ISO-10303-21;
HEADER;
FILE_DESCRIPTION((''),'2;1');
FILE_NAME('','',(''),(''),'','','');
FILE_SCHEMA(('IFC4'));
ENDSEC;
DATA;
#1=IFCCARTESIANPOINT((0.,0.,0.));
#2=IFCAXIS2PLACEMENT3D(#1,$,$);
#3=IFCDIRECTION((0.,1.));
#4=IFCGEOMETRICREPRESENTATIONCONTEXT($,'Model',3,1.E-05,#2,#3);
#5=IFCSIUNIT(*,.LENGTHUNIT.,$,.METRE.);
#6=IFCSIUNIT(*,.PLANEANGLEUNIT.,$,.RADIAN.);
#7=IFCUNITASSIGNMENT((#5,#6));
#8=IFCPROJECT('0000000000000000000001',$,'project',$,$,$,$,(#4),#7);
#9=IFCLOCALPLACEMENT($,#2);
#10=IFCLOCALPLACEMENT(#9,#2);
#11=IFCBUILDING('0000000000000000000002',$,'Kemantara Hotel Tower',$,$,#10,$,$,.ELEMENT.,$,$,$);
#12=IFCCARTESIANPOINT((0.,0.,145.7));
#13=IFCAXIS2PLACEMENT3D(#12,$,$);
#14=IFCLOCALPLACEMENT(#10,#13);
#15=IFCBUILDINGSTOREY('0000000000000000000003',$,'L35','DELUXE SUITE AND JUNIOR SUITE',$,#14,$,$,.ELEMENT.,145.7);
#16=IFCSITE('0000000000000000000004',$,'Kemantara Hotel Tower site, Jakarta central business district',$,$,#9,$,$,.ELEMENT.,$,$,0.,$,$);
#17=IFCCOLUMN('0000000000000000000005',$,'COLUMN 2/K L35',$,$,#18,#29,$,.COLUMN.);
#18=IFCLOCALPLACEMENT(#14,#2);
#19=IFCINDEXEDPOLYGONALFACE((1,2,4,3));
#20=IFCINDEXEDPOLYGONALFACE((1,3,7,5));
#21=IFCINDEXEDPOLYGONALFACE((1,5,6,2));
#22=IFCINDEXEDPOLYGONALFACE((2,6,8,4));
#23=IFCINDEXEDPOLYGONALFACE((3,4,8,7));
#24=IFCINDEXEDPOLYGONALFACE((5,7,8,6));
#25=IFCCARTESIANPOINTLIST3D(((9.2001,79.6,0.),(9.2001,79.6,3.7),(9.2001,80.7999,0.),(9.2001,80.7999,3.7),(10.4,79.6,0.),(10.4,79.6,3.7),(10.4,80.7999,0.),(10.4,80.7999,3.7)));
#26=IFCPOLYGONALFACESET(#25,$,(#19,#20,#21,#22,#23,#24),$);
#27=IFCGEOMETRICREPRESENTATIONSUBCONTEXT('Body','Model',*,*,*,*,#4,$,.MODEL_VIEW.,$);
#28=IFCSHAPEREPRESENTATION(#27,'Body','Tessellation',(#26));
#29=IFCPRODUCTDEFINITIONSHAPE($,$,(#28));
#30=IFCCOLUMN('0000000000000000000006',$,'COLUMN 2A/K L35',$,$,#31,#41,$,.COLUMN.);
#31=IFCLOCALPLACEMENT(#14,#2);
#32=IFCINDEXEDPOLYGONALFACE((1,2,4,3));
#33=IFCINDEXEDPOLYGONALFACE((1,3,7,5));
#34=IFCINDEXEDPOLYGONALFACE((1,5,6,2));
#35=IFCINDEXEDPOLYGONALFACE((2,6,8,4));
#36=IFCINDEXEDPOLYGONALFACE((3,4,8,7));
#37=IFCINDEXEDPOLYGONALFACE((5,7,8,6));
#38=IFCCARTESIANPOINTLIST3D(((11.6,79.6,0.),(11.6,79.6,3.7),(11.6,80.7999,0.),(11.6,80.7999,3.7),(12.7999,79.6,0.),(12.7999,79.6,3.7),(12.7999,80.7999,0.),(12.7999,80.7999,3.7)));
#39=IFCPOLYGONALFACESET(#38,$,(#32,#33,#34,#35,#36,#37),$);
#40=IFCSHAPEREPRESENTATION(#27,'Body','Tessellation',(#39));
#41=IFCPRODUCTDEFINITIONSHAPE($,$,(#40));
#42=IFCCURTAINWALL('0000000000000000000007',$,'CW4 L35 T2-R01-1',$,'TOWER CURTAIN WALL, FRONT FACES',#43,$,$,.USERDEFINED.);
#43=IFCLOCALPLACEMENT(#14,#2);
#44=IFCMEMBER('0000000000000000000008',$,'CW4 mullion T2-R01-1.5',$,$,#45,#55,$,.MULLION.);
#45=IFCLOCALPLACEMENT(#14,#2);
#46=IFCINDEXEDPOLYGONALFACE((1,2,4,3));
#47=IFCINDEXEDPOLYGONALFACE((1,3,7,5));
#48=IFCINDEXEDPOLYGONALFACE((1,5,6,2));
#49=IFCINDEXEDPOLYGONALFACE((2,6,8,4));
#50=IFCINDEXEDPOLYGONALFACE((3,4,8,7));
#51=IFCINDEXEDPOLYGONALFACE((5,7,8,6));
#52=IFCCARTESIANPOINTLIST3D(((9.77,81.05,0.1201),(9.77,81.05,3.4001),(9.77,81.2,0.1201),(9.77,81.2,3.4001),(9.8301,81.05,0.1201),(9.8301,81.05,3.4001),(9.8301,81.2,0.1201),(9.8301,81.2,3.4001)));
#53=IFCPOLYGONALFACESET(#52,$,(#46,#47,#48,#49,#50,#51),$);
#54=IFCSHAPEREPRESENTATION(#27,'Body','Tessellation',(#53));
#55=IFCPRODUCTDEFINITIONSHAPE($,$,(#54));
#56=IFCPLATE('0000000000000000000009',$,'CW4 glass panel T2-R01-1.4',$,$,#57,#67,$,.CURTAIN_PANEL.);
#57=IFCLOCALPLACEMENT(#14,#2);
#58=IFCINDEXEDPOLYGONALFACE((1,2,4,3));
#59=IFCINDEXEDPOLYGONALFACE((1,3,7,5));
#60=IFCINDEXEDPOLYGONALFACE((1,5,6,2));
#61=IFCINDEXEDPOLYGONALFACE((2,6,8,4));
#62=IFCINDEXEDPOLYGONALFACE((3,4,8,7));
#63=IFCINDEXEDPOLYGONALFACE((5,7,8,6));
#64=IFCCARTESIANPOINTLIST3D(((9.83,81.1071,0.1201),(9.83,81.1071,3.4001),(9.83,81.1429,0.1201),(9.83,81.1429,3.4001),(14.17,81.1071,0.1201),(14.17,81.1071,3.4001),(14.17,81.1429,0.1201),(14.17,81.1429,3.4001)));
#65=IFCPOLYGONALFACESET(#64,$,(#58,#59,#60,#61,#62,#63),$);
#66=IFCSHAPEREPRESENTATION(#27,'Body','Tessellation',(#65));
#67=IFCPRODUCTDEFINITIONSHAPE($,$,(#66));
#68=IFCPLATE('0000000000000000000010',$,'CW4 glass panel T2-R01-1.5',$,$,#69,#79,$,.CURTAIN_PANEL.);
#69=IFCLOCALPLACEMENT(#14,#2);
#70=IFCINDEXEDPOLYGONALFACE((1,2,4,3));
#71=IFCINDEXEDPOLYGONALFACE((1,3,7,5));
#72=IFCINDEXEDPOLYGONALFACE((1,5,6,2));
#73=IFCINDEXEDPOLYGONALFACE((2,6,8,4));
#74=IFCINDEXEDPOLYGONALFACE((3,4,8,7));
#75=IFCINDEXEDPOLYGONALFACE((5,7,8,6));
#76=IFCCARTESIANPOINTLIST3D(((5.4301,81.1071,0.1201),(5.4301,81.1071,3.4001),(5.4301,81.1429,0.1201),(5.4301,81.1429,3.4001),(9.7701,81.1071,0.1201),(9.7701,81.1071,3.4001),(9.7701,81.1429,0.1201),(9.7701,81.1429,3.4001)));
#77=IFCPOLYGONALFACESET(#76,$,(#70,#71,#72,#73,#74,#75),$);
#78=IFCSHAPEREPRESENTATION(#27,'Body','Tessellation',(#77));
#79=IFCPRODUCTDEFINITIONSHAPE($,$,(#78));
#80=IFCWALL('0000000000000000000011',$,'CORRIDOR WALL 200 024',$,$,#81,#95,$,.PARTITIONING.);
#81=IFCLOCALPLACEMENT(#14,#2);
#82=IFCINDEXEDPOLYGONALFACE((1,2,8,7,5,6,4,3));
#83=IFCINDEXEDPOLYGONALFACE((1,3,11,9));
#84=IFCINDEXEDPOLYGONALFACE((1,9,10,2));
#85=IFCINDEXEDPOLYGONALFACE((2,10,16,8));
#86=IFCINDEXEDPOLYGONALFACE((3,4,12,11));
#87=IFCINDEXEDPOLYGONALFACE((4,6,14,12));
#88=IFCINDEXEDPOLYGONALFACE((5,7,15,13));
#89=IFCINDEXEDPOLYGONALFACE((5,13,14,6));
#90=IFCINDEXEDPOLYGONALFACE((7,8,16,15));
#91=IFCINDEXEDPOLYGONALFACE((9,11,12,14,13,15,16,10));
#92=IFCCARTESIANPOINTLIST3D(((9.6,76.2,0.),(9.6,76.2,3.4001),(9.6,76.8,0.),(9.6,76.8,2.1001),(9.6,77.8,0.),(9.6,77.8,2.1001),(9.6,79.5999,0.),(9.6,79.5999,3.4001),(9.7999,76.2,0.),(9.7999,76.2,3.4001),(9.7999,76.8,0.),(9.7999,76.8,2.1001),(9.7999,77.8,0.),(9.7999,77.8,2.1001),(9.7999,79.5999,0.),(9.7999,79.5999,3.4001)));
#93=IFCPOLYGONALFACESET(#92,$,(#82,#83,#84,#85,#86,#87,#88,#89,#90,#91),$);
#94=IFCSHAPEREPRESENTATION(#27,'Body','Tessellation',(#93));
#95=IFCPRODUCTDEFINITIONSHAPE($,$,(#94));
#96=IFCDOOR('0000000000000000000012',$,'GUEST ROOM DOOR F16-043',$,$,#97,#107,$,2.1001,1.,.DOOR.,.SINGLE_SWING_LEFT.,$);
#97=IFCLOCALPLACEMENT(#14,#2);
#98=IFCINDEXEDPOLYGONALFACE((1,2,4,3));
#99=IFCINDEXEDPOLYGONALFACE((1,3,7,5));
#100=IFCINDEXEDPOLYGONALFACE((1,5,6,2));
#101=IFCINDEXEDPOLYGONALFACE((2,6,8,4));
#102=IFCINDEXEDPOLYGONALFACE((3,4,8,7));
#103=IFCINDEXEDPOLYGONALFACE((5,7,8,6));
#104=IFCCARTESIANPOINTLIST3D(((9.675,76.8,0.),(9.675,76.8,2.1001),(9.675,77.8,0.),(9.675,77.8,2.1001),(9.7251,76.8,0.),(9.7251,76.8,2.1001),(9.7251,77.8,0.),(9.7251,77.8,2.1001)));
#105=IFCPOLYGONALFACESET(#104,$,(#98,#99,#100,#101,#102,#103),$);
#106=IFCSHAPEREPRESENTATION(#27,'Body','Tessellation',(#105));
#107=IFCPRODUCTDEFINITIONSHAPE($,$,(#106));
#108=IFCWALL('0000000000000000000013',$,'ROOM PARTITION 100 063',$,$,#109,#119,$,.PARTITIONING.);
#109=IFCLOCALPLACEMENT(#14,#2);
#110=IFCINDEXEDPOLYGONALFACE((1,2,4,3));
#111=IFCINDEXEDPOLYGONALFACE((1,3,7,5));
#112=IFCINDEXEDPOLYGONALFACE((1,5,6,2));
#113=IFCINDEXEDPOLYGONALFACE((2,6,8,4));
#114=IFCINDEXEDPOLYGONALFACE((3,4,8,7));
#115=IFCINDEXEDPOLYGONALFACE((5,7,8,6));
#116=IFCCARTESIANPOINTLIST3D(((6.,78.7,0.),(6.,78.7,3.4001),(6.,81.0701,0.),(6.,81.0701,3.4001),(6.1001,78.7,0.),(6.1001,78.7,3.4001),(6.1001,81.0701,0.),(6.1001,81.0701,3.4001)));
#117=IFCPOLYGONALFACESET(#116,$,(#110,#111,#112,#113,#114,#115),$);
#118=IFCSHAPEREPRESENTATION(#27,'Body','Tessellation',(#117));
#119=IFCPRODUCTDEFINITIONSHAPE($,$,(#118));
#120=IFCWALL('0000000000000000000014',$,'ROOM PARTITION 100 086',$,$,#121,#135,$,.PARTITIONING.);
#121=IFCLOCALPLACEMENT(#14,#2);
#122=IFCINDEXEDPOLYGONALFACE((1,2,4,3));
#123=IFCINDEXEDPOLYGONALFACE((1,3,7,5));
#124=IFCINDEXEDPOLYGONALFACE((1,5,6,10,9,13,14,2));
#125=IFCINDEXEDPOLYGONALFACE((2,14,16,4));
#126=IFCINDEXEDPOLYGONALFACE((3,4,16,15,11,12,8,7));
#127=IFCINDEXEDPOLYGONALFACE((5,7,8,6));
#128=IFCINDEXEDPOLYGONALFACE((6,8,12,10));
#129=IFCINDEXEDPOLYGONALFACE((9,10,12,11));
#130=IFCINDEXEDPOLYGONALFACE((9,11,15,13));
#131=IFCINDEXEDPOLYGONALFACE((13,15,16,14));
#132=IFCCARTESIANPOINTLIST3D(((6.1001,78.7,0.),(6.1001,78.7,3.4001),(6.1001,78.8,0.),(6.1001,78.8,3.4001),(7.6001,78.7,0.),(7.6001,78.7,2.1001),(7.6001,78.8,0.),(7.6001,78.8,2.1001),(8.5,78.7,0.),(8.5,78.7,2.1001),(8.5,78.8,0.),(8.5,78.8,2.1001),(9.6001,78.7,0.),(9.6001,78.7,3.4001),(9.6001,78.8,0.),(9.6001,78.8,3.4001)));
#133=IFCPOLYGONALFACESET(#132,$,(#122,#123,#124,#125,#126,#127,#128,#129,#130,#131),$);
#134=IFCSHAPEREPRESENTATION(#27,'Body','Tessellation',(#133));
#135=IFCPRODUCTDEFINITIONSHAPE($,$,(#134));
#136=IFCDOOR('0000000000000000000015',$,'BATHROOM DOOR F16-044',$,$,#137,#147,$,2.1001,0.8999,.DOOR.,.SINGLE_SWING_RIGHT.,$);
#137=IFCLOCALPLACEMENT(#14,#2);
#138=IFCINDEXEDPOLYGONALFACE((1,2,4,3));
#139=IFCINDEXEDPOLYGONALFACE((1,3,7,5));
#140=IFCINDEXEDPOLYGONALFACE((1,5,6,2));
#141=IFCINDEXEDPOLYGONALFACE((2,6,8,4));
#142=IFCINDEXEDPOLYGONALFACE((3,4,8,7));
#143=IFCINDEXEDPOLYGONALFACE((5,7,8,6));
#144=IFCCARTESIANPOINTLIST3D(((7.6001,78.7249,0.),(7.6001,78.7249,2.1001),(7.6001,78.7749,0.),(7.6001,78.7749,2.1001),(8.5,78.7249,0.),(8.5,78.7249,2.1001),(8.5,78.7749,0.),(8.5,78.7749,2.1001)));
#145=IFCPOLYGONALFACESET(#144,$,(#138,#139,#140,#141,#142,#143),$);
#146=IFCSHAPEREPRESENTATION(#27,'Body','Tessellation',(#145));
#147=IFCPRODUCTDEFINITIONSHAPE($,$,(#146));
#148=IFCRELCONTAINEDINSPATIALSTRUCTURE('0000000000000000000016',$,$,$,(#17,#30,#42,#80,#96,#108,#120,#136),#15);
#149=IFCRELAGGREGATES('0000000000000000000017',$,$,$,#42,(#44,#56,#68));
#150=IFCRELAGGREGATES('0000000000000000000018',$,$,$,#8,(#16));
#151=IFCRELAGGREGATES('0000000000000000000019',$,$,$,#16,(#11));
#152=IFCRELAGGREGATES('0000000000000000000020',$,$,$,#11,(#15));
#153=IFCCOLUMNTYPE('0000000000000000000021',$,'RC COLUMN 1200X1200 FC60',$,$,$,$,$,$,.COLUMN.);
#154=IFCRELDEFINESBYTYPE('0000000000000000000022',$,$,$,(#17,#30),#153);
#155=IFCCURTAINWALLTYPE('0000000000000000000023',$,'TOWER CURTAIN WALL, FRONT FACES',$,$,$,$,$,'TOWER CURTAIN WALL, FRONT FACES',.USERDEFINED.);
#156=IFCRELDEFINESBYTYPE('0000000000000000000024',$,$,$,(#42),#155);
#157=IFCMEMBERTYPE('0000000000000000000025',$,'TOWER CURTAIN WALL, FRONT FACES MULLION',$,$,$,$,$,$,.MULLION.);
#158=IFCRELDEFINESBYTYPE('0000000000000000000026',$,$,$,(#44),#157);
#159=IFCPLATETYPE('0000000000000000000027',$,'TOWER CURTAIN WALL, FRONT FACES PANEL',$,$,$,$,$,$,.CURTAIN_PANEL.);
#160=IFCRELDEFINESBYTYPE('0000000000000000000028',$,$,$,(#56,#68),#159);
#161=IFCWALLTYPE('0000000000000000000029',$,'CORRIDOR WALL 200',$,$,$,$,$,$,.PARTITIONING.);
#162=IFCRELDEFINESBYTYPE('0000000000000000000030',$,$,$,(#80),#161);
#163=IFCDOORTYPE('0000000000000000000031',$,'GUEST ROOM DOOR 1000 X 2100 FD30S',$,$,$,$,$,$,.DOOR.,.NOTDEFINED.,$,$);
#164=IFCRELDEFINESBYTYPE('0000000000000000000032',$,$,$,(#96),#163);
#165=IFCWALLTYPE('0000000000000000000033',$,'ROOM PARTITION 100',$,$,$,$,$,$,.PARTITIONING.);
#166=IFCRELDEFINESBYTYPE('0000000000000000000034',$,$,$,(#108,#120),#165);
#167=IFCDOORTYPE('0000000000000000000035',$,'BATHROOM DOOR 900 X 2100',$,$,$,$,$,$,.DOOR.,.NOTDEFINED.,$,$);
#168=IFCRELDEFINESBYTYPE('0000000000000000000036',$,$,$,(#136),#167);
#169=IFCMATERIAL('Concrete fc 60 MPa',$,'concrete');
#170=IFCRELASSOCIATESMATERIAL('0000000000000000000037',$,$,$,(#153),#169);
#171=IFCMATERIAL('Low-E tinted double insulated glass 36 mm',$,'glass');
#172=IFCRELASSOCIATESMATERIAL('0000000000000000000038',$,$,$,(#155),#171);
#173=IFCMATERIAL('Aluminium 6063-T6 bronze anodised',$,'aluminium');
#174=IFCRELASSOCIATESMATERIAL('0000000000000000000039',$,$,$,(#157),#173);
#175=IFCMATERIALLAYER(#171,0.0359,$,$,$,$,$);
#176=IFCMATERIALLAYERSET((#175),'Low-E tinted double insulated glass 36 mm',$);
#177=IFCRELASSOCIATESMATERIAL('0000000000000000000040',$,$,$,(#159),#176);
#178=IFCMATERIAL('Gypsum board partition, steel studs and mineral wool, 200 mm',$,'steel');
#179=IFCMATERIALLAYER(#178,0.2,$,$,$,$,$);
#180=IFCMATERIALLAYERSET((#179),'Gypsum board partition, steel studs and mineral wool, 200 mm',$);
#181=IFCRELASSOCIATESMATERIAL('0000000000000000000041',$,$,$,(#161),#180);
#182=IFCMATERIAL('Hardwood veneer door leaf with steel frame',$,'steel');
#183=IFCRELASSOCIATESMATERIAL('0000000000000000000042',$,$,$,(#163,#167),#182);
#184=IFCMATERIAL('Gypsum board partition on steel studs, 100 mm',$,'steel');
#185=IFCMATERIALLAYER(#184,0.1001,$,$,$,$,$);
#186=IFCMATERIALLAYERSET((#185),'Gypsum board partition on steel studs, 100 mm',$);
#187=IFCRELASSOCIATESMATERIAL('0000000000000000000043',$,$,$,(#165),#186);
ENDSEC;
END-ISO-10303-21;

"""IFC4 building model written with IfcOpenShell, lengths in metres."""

from ifc_helpers import new_model, si_unit, direction, frame, frame_2d, origin, origin_2d, place, context, subcontext, project, spatial, rectangle, extrude, source, transform, mapped, material, layer, layer_set, material_profile, profile_set, type_object, element, fill, aggregate, save


model = new_model("IFC4")

# Units and contexts
model_context = context("Model", 3, precision=1e-05, world=origin(), true_north=direction((0.0, 1.0)))
body_context = subcontext(model_context, "Body", "Model", "MODEL_VIEW")
ifc_project = project(units=[si_unit("LENGTHUNIT", "METRE"), si_unit("PLANEANGLEUNIT", "RADIAN")], contexts=[model_context])

# Site, building, storey
site_placement = place(None, origin())
site = spatial("IfcSite", under=ifc_project, at=site_placement, Name="Kemantara Hotel Tower site, Jakarta central business district", CompositionType="ELEMENT", RefElevation=0.0)
building_placement = place(site_placement, origin())
building = spatial("IfcBuilding", under=site, at=building_placement, Name="Kemantara Hotel Tower", CompositionType="ELEMENT")
storey_placement = place(building_placement, frame((0.0, 0.0, 145.7)))
storey = spatial("IfcBuildingStorey", under=building, at=storey_placement, Name="L35", Description="DELUXE SUITE AND JUNIOR SUITE", CompositionType="ELEMENT", Elevation=145.7)

# Columns
ifc_material_1 = material(Name="Concrete fc 60 MPa", Category="concrete")
ifc_material_profile_1 = material_profile(ifc_material_1, rectangle(XDim=1.2, YDim=1.2, at=origin_2d()), Name="RC 1200X1200")
ifc_profile_set_1 = profile_set([ifc_material_profile_1], Name="Concrete fc 60 MPa")
column_type = type_object("IfcColumnType", Name="RC COLUMN 1200X1200 FC60", PredefinedType="COLUMN", material=ifc_profile_set_1)
for number, where, z_axis, x_axis, name in (
    (1, (9.8, 80.2, 0.0), (0.0, 0.0, 1.0), (1.0, 0.0, 0.0), "COLUMN 2/K L35"),
    (2, (12.2, 80.2, 0.0), (0.0, 0.0, 1.0), (1.0, 0.0, 0.0), "COLUMN 2A/K L35"),
):
    element("IfcColumn", number, at=place(storey_placement, frame(where, z_axis=z_axis, x_axis=x_axis)), inside=storey, type_object=column_type, Name=name, PredefinedType="COLUMN", context=body_context, shape_type="SweptSolid", body=[
        extrude(rectangle(XDim=1.2, YDim=1.2, at=origin_2d()), origin(), (0.0, 0.0, 1.0), 3.7),
    ])

# Curtain wall, member, plates
ifc_material_2 = material(Name="Low-E tinted double insulated glass 36 mm", Category="glass")
curtain_wall_type = type_object("IfcCurtainWallType", Name="TOWER CURTAIN WALL, FRONT FACES", ElementType="TOWER CURTAIN WALL, FRONT FACES", PredefinedType="USERDEFINED", material=ifc_material_2)
curtain_wall_placement = place(storey_placement, origin())
curtain_wall = element("IfcCurtainWall", 3, at=curtain_wall_placement, inside=storey, type_object=curtain_wall_type, Name="CW4 L35 T2-R01-1", ObjectType="TOWER CURTAIN WALL, FRONT FACES", PredefinedType="USERDEFINED")
ifc_material_3 = material(Name="Aluminium 6063-T6 bronze anodised", Category="aluminium")
ifc_material_profile_2 = material_profile(ifc_material_3, rectangle(XDim=0.1499, YDim=0.0601, at=origin_2d()), Name="TOWER CURTAIN WALL, FRONT FACES MULLION")
ifc_profile_set_2 = profile_set([ifc_material_profile_2], Name="Aluminium 6063-T6 bronze anodised")
member_type = type_object("IfcMemberType", Name="TOWER CURTAIN WALL, FRONT FACES MULLION", PredefinedType="MULLION", material=ifc_profile_set_2)
shared_shape_1 = source(origin(), body_context, "Body", "SweptSolid", [
    extrude(rectangle(XDim=0.1499, YDim=0.0601, at=origin_2d()), origin(), (0.0, 0.0, 1.0), 3.28),
])
member_placement = place(storey_placement, frame((9.8, 81.125, 0.1201), z_axis=(0.0, 0.0, 1.0), x_axis=(0.0, -1.0, 0.0)))
member = element("IfcMember", 4, at=member_placement, type_object=member_type, Name="CW4 mullion T2-R01-1.5", PredefinedType="MULLION", context=body_context, shape_type="MappedRepresentation", body=[
    mapped(shared_shape_1, transform((0.0, 0.0, 0.0))),
])
ifc_layer_1 = layer(ifc_material_2, 0.0359)
ifc_layer_set_1 = layer_set([ifc_layer_1], Name="Low-E tinted double insulated glass 36 mm")
plate_type = type_object("IfcPlateType", Name="TOWER CURTAIN WALL, FRONT FACES PANEL", PredefinedType="CURTAIN_PANEL", material=ifc_layer_set_1)
shared_shape_2 = source(origin(), body_context, "Body", "SweptSolid", [
    extrude(rectangle(XDim=4.3401, YDim=0.0359, at=origin_2d()), origin(), (0.0, 0.0, 1.0), 3.28),
])
plate_1_placement = place(storey_placement, frame((12.0, 81.125, 0.1201), z_axis=(0.0, 0.0, 1.0), x_axis=(-1.0, 0.0, 0.0)))
plate_1 = element("IfcPlate", 5, at=plate_1_placement, type_object=plate_type, Name="CW4 glass panel T2-R01-1.4", PredefinedType="CURTAIN_PANEL", context=body_context, shape_type="MappedRepresentation", body=[
    mapped(shared_shape_2, transform((0.0, 0.0, 0.0))),
])
plate_2_placement = place(storey_placement, frame((7.6001, 81.125, 0.1201), z_axis=(0.0, 0.0, 1.0), x_axis=(-1.0, 0.0, 0.0)))
plate_2 = element("IfcPlate", 6, at=plate_2_placement, type_object=plate_type, Name="CW4 glass panel T2-R01-1.5", PredefinedType="CURTAIN_PANEL", context=body_context, shape_type="MappedRepresentation", body=[
    mapped(shared_shape_2, transform((0.0, 0.0, 0.0))),
])
aggregate(curtain_wall, [member, plate_1, plate_2])

# Wall, opening, door
ifc_material_4 = material(Name="Gypsum board partition, steel studs and mineral wool, 200 mm", Category="steel")
ifc_layer_2 = layer(ifc_material_4, 0.2)
ifc_layer_set_2 = layer_set([ifc_layer_2], Name="Gypsum board partition, steel studs and mineral wool, 200 mm")
wall_type_1 = type_object("IfcWallType", Name="CORRIDOR WALL 200", PredefinedType="PARTITIONING", material=ifc_layer_set_2)
wall_1_placement = place(storey_placement, frame((9.7, 76.2, 0.0), z_axis=(0.0, 0.0, 1.0), x_axis=(0.0, 1.0, 0.0)))
wall_1 = element("IfcWall", 7, at=wall_1_placement, inside=storey, type_object=wall_type_1, Name="CORRIDOR WALL 200 024", PredefinedType="PARTITIONING", context=body_context, shape_type="SweptSolid", body=[
    extrude(rectangle(XDim=3.3999, YDim=0.2, at=frame_2d((1.7, 0.0))), origin(), (0.0, 0.0, 1.0), 3.4001),
])
opening_1_placement = place(wall_1_placement, frame((0.6001, 0.0, 0.0)))
opening_1 = element("IfcOpeningElement", 8, at=opening_1_placement, cuts=wall_1, PredefinedType="OPENING", context=body_context, shape_type="SweptSolid", body=[
    extrude(rectangle(XDim=1.0, YDim=2.1001, at=frame_2d((0.5, 1.05))), frame((0.0, 0.1099, 0.0), z_axis=(0.0, -1.0, 0.0), x_axis=(1.0, 0.0, 0.0)), (0.0, 0.0, 1.0), 0.22),
])
ifc_material_5 = material(Name="Hardwood veneer door leaf with steel frame", Category="steel")
door_type_1 = type_object("IfcDoorType", Name="GUEST ROOM DOOR 1000 X 2100 FD30S", OperationType="NOTDEFINED", PredefinedType="DOOR", material=ifc_material_5)
door_1_placement = place(opening_1_placement, origin())
door_1 = element("IfcDoor", 9, at=door_1_placement, inside=storey, type_object=door_type_1, Name="GUEST ROOM DOOR F16-043", OperationType="SINGLE_SWING_LEFT", OverallHeight=2.1001, OverallWidth=1.0, PredefinedType="DOOR", context=body_context, shape_type="SweptSolid", body=[
    extrude(rectangle(XDim=1.0, YDim=2.1001, at=frame_2d((0.5, 1.05))), frame((0.0, 0.0249, 0.0), z_axis=(0.0, -1.0, 0.0), x_axis=(1.0, 0.0, 0.0)), (0.0, 0.0, 1.0), 0.05),
])
fill(opening_1, door_1)

# Wall
ifc_material_6 = material(Name="Gypsum board partition on steel studs, 100 mm", Category="steel")
ifc_layer_3 = layer(ifc_material_6, 0.1001)
ifc_layer_set_3 = layer_set([ifc_layer_3], Name="Gypsum board partition on steel studs, 100 mm")
wall_type_2 = type_object("IfcWallType", Name="ROOM PARTITION 100", PredefinedType="PARTITIONING", material=ifc_layer_set_3)
wall_2_placement = place(storey_placement, frame((6.05, 78.7, 0.0), z_axis=(0.0, 0.0, 1.0), x_axis=(0.0, 1.0, 0.0)))
element("IfcWall", 10, at=wall_2_placement, inside=storey, type_object=wall_type_2, Name="ROOM PARTITION 100 063", PredefinedType="PARTITIONING", context=body_context, shape_type="SweptSolid", body=[
    extrude(rectangle(XDim=2.3701, YDim=0.1001, at=frame_2d((1.1851, 0.0))), origin(), (0.0, 0.0, 1.0), 3.4001),
])

# Wall, opening, door
wall_3_placement = place(storey_placement, frame((6.1001, 78.75, 0.0), z_axis=(0.0, 0.0, 1.0), x_axis=(1.0, 0.0, 0.0)))
wall_3 = element("IfcWall", 11, at=wall_3_placement, inside=storey, type_object=wall_type_2, Name="ROOM PARTITION 100 086", PredefinedType="PARTITIONING", context=body_context, shape_type="SweptSolid", body=[
    extrude(rectangle(XDim=3.5, YDim=0.1001, at=frame_2d((1.75, 0.0))), origin(), (0.0, 0.0, 1.0), 3.4001),
])
opening_2_placement = place(wall_3_placement, frame((1.5, 0.0, 0.0)))
opening_2 = element("IfcOpeningElement", 12, at=opening_2_placement, cuts=wall_3, PredefinedType="OPENING", context=body_context, shape_type="SweptSolid", body=[
    extrude(rectangle(XDim=0.8999, YDim=2.1001, at=frame_2d((0.45, 1.05))), frame((0.0, 0.0601, 0.0), z_axis=(0.0, -1.0, 0.0), x_axis=(1.0, 0.0, 0.0)), (0.0, 0.0, 1.0), 0.1201),
])
door_type_2 = type_object("IfcDoorType", Name="BATHROOM DOOR 900 X 2100", OperationType="NOTDEFINED", PredefinedType="DOOR", material=ifc_material_5)
door_2_placement = place(opening_2_placement, origin())
door_2 = element("IfcDoor", 13, at=door_2_placement, inside=storey, type_object=door_type_2, Name="BATHROOM DOOR F16-044", OperationType="SINGLE_SWING_RIGHT", OverallHeight=2.1001, OverallWidth=0.8999, PredefinedType="DOOR", context=body_context, shape_type="SweptSolid", body=[
    extrude(rectangle(XDim=0.8999, YDim=2.1001, at=frame_2d((0.45, 1.05))), frame((0.0, 0.0249, 0.0), z_axis=(0.0, -1.0, 0.0), x_axis=(1.0, 0.0, 0.0)), (0.0, 0.0, 1.0), 0.05),
])
fill(opening_2, door_2)

save(model, "model.ifc")
